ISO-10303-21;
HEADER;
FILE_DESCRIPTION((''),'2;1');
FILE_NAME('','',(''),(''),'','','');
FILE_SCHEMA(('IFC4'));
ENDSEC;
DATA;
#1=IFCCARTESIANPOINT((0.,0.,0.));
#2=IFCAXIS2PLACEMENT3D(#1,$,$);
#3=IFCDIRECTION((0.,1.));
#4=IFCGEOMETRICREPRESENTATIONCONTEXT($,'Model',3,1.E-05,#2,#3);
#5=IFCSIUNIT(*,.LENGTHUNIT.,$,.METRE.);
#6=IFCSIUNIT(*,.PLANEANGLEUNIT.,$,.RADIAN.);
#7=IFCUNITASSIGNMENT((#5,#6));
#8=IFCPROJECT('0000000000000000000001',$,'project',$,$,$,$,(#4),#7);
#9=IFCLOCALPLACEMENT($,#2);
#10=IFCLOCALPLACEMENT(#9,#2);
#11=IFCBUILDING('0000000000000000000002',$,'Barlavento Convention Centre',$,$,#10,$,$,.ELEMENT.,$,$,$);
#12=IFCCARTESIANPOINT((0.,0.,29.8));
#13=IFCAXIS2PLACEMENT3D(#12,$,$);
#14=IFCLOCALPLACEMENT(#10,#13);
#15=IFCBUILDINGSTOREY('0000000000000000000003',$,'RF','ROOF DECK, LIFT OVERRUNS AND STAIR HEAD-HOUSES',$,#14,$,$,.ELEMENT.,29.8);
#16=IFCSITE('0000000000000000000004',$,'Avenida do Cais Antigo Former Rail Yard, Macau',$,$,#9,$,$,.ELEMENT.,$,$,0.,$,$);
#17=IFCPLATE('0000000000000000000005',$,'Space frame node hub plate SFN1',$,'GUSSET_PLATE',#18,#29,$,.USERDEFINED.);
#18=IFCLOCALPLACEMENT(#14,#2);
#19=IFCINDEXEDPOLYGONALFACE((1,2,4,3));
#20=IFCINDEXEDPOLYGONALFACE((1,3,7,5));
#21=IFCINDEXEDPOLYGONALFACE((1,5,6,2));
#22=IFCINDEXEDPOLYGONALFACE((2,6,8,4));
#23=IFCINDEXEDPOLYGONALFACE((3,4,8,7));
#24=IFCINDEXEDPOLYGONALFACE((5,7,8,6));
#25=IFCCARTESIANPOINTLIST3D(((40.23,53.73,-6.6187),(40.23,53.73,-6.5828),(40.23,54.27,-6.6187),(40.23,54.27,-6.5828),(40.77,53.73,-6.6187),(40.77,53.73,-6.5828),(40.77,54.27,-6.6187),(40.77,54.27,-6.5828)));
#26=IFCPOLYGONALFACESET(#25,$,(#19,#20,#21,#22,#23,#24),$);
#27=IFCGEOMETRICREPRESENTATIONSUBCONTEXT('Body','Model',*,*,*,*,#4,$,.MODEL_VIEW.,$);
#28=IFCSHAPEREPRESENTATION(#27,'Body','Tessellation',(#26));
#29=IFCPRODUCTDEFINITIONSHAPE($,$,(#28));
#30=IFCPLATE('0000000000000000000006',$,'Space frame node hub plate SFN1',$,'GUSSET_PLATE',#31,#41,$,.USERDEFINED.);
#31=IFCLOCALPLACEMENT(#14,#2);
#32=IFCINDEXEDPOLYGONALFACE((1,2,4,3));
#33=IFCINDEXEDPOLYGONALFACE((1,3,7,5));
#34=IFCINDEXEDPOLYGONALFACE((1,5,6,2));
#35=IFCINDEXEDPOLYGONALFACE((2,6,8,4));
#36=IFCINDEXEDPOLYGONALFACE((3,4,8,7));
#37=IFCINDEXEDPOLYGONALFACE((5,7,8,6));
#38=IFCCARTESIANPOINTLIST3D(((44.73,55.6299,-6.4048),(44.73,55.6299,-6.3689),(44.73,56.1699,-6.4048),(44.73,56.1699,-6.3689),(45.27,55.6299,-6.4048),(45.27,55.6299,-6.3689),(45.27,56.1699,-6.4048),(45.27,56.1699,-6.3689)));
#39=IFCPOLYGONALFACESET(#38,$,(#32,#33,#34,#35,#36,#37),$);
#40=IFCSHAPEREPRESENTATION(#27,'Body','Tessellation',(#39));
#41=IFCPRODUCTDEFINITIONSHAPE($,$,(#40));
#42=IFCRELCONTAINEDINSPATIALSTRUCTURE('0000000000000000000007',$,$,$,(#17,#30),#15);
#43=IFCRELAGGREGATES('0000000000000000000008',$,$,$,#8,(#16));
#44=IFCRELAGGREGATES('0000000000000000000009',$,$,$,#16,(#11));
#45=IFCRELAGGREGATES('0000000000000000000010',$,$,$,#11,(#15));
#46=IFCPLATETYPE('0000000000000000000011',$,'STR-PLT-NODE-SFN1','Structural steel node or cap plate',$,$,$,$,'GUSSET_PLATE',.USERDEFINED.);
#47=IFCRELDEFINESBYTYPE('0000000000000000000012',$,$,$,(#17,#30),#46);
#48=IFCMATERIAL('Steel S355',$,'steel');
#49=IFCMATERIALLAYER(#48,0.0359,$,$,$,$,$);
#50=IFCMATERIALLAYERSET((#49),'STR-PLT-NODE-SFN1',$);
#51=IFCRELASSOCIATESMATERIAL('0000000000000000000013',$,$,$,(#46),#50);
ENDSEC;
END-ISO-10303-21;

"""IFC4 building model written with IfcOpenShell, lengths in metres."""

from ifc_helpers import new_model, si_unit, direction, frame, origin, origin_2d, place, context, subcontext, project, spatial, rectangle, extrude, material, layer, layer_set, type_object, element, save


model = new_model("IFC4")

# Units and contexts
model_context = context("Model", 3, precision=1e-05, world=origin(), true_north=direction((0.0, 1.0)))
body_context = subcontext(model_context, "Body", "Model", "MODEL_VIEW")
ifc_project = project(units=[si_unit("LENGTHUNIT", "METRE"), si_unit("PLANEANGLEUNIT", "RADIAN")], contexts=[model_context])

# Site, building, storey
site_placement = place(None, origin())
site = spatial("IfcSite", under=ifc_project, at=site_placement, Name="Avenida do Cais Antigo Former Rail Yard, Macau", CompositionType="ELEMENT", RefElevation=0.0)
building_placement = place(site_placement, origin())
building = spatial("IfcBuilding", under=site, at=building_placement, Name="Barlavento Convention Centre", CompositionType="ELEMENT")
storey_placement = place(building_placement, frame((0.0, 0.0, 29.8)))
storey = spatial("IfcBuildingStorey", under=building, at=storey_placement, Name="RF", Description="ROOF DECK, LIFT OVERRUNS AND STAIR HEAD-HOUSES", CompositionType="ELEMENT", Elevation=29.8)

# Shared definitions
ifc_material_1 = material(Name="Steel S355", Category="steel")

# Plates
ifc_layer_1 = layer(ifc_material_1, 0.0359)
ifc_layer_set_1 = layer_set([ifc_layer_1], Name="STR-PLT-NODE-SFN1")
plate_type_1 = type_object("IfcPlateType", Name="STR-PLT-NODE-SFN1", Description="Structural steel node or cap plate", ElementType="GUSSET_PLATE", PredefinedType="USERDEFINED", material=ifc_layer_set_1)
for number, where, z_axis, x_axis, name in (
    (1, (40.5, 54.0, -6.6187), (0.0, 0.0, 1.0), (1.0, 0.0, 0.0), "Space frame node hub plate SFN1"),
    (2, (45.0, 55.8999, -6.4048), (0.0, 0.0, 1.0), (1.0, 0.0, 0.0), "Space frame node hub plate SFN1"),
):
    element("IfcPlate", number, at=place(storey_placement, frame(where, z_axis=z_axis, x_axis=x_axis)), inside=storey, type_object=plate_type_1, Name=name, ObjectType="GUSSET_PLATE", PredefinedType="USERDEFINED", context=body_context, shape_type="SweptSolid", body=[
        extrude(rectangle(XDim=0.54, YDim=0.54, at=origin_2d()), origin(), (0.0, 0.0, 1.0), 0.0359),
    ])

save(model, "model.ifc")
